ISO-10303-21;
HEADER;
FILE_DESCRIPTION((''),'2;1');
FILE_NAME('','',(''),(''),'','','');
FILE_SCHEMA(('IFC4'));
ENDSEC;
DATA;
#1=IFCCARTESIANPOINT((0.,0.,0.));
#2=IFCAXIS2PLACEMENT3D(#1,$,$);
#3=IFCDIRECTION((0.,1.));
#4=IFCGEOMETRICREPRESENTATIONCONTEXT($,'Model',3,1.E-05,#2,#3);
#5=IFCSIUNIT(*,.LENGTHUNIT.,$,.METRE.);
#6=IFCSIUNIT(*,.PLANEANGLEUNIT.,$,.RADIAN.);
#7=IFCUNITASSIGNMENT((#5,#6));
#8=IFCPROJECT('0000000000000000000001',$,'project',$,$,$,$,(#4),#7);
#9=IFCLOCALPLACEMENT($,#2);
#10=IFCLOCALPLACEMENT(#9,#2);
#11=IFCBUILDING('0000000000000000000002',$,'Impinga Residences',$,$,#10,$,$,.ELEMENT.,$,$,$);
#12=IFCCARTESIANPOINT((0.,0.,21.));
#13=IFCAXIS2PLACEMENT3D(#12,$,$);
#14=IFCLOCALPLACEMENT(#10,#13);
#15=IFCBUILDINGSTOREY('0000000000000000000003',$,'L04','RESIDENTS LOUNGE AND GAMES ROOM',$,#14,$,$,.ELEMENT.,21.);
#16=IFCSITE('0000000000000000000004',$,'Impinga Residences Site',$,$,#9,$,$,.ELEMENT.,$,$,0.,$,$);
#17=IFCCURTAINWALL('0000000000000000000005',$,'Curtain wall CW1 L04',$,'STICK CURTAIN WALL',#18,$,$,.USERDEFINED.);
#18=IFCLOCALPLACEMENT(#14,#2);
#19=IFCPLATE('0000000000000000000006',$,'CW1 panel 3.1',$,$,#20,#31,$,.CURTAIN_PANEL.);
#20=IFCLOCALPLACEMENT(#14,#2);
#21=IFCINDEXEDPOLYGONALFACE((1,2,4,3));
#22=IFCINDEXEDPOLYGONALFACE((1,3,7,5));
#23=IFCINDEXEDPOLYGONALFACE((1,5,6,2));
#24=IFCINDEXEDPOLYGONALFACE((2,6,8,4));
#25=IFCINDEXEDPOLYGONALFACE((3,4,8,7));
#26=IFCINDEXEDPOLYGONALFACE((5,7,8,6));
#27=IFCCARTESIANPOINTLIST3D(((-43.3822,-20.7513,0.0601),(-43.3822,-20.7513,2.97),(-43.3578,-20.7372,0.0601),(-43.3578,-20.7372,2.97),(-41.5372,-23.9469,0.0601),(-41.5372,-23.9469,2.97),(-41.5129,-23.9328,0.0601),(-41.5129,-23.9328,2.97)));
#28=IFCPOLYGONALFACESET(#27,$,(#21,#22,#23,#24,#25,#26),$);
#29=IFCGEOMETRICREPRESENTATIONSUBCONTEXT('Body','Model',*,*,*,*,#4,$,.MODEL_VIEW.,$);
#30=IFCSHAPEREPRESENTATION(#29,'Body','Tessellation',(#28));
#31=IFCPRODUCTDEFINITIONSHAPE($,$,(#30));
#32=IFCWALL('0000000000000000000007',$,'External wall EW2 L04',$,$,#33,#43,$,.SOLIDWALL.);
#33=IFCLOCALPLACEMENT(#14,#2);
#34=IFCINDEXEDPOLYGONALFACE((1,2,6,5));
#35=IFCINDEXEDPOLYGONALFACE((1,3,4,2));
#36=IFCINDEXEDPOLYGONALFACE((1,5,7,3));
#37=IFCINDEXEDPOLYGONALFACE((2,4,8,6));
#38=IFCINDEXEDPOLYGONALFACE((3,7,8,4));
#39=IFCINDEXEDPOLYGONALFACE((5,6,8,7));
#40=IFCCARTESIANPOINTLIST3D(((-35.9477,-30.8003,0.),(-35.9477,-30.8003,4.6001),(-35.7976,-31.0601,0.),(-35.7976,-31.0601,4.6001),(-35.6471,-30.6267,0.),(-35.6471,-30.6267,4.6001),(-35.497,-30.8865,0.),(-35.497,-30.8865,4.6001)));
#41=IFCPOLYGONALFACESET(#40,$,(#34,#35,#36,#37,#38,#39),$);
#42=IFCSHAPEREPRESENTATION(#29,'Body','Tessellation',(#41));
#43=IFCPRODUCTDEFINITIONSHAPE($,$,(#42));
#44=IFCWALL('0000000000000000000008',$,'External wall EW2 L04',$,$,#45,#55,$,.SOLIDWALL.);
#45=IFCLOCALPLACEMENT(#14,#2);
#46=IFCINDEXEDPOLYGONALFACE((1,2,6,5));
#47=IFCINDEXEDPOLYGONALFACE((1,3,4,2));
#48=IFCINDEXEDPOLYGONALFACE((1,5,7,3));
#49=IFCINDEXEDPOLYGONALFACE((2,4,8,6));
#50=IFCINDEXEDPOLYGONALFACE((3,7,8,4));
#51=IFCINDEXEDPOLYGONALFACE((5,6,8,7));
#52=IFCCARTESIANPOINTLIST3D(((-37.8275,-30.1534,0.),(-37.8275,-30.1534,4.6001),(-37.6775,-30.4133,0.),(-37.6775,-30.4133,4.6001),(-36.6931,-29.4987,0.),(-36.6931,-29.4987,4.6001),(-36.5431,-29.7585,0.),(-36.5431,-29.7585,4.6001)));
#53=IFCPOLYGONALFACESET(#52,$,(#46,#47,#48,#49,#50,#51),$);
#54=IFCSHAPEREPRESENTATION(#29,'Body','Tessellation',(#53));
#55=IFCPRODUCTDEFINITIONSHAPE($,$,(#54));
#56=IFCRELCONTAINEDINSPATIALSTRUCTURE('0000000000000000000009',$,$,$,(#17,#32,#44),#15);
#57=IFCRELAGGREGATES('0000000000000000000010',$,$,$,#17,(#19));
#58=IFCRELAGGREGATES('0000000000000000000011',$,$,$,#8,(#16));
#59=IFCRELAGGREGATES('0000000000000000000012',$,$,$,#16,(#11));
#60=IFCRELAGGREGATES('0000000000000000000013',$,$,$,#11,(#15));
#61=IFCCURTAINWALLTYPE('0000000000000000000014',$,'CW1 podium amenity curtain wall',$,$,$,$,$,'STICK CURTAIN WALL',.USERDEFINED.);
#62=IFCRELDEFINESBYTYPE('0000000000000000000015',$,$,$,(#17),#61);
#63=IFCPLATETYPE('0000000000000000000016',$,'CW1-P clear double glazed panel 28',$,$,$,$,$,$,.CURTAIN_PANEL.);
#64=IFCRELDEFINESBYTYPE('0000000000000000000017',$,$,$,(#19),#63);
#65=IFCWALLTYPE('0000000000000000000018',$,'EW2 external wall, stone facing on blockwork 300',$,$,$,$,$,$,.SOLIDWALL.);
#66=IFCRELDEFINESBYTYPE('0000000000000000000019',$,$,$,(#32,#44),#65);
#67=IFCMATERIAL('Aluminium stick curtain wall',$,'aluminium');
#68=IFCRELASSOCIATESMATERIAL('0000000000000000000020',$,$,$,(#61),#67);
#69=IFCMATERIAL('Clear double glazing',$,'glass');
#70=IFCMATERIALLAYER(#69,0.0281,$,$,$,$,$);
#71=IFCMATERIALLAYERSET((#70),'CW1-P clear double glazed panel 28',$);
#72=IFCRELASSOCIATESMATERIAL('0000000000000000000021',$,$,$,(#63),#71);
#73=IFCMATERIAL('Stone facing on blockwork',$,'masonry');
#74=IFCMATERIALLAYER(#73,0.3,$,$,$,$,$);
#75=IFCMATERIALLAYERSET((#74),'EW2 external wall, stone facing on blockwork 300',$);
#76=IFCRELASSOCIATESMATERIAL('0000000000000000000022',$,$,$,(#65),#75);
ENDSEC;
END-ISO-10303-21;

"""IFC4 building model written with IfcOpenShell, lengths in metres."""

from ifc_helpers import new_model, si_unit, direction, frame, frame_2d, origin, origin_2d, place, context, subcontext, project, spatial, rectangle, extrude, material, layer, layer_set, type_object, element, aggregate, save


model = new_model("IFC4")

# Units and contexts
model_context = context("Model", 3, precision=1e-05, world=origin(), true_north=direction((0.0, 1.0)))
body_context = subcontext(model_context, "Body", "Model", "MODEL_VIEW")
ifc_project = project(units=[si_unit("LENGTHUNIT", "METRE"), si_unit("PLANEANGLEUNIT", "RADIAN")], contexts=[model_context])

# Site, building, storey
site_placement = place(None, origin())
site = spatial("IfcSite", under=ifc_project, at=site_placement, Name="Impinga Residences Site", CompositionType="ELEMENT", RefElevation=0.0)
building_placement = place(site_placement, origin())
building = spatial("IfcBuilding", under=site, at=building_placement, Name="Impinga Residences", CompositionType="ELEMENT")
storey_placement = place(building_placement, frame((0.0, 0.0, 21.0)))
storey = spatial("IfcBuildingStorey", under=building, at=storey_placement, Name="L04", Description="RESIDENTS LOUNGE AND GAMES ROOM", CompositionType="ELEMENT", Elevation=21.0)

# Curtain wall
ifc_material_1 = material(Name="Aluminium stick curtain wall", Category="aluminium")
curtain_wall_type = type_object("IfcCurtainWallType", Name="CW1 podium amenity curtain wall", ElementType="STICK CURTAIN WALL", PredefinedType="USERDEFINED", material=ifc_material_1)
curtain_wall_1_placement = place(storey_placement, origin())
curtain_wall_1 = element("IfcCurtainWall", 1, at=curtain_wall_1_placement, inside=storey, type_object=curtain_wall_type, Name="Curtain wall CW1 L04", ObjectType="STICK CURTAIN WALL", PredefinedType="USERDEFINED")

# Plate
ifc_material_2 = material(Name="Clear double glazing", Category="glass")
ifc_layer_1 = layer(ifc_material_2, 0.0281)
ifc_layer_set_1 = layer_set([ifc_layer_1], Name="CW1-P clear double glazed panel 28")
plate_type = type_object("IfcPlateType", Name="CW1-P clear double glazed panel 28", PredefinedType="CURTAIN_PANEL", material=ifc_layer_set_1)
plate_1_placement = place(storey_placement, frame((-42.4475, -22.342, 0.0601), z_axis=(0.0, 0.0, 1.0), x_axis=(-0.5, 0.866025, 0.0)))
plate_1 = element("IfcPlate", 2, at=plate_1_placement, type_object=plate_type, Name="CW1 panel 3.1", PredefinedType="CURTAIN_PANEL", context=body_context, shape_type="SweptSolid", body=[
    extrude(rectangle(XDim=3.6899, YDim=0.0281, at=origin_2d()), origin(), (0.0, 0.0, 1.0), 2.9099),
])
aggregate(curtain_wall_1, [plate_1])

# Walls
ifc_material_3 = material(Name="Stone facing on blockwork", Category="masonry")
ifc_layer_2 = layer(ifc_material_3, 0.3)
ifc_layer_set_2 = layer_set([ifc_layer_2], Name="EW2 external wall, stone facing on blockwork 300")
wall_type = type_object("IfcWallType", Name="EW2 external wall, stone facing on blockwork 300", PredefinedType="SOLIDWALL", material=ifc_layer_set_2)
wall_1_placement = place(storey_placement, frame((-35.572, -30.7566, 0.0), z_axis=(0.0, 0.0, 1.0), x_axis=(-0.86594, -0.500149, 0.0)))
element("IfcWall", 3, at=wall_1_placement, inside=storey, type_object=wall_type, Name="External wall EW2 L04", PredefinedType="SOLIDWALL", context=body_context, shape_type="SweptSolid", body=[
    extrude(rectangle(XDim=0.3472, YDim=0.3, at=frame_2d((0.1736, 0.0))), origin(), (0.0, 0.0, 1.0), 4.6001),
])
wall_2_placement = place(storey_placement, frame((-36.6182, -29.6287, 0.0), z_axis=(0.0, 0.0, 1.0), x_axis=(-0.866102, -0.499868, 0.0)))
element("IfcWall", 4, at=wall_2_placement, inside=storey, type_object=wall_type, Name="External wall EW2 L04", PredefinedType="SOLIDWALL", context=body_context, shape_type="SweptSolid", body=[
    extrude(rectangle(XDim=1.3098, YDim=0.3, at=frame_2d((0.6548, 0.0))), origin(), (0.0, 0.0, 1.0), 4.6001),
])

save(model, "model.ifc")
